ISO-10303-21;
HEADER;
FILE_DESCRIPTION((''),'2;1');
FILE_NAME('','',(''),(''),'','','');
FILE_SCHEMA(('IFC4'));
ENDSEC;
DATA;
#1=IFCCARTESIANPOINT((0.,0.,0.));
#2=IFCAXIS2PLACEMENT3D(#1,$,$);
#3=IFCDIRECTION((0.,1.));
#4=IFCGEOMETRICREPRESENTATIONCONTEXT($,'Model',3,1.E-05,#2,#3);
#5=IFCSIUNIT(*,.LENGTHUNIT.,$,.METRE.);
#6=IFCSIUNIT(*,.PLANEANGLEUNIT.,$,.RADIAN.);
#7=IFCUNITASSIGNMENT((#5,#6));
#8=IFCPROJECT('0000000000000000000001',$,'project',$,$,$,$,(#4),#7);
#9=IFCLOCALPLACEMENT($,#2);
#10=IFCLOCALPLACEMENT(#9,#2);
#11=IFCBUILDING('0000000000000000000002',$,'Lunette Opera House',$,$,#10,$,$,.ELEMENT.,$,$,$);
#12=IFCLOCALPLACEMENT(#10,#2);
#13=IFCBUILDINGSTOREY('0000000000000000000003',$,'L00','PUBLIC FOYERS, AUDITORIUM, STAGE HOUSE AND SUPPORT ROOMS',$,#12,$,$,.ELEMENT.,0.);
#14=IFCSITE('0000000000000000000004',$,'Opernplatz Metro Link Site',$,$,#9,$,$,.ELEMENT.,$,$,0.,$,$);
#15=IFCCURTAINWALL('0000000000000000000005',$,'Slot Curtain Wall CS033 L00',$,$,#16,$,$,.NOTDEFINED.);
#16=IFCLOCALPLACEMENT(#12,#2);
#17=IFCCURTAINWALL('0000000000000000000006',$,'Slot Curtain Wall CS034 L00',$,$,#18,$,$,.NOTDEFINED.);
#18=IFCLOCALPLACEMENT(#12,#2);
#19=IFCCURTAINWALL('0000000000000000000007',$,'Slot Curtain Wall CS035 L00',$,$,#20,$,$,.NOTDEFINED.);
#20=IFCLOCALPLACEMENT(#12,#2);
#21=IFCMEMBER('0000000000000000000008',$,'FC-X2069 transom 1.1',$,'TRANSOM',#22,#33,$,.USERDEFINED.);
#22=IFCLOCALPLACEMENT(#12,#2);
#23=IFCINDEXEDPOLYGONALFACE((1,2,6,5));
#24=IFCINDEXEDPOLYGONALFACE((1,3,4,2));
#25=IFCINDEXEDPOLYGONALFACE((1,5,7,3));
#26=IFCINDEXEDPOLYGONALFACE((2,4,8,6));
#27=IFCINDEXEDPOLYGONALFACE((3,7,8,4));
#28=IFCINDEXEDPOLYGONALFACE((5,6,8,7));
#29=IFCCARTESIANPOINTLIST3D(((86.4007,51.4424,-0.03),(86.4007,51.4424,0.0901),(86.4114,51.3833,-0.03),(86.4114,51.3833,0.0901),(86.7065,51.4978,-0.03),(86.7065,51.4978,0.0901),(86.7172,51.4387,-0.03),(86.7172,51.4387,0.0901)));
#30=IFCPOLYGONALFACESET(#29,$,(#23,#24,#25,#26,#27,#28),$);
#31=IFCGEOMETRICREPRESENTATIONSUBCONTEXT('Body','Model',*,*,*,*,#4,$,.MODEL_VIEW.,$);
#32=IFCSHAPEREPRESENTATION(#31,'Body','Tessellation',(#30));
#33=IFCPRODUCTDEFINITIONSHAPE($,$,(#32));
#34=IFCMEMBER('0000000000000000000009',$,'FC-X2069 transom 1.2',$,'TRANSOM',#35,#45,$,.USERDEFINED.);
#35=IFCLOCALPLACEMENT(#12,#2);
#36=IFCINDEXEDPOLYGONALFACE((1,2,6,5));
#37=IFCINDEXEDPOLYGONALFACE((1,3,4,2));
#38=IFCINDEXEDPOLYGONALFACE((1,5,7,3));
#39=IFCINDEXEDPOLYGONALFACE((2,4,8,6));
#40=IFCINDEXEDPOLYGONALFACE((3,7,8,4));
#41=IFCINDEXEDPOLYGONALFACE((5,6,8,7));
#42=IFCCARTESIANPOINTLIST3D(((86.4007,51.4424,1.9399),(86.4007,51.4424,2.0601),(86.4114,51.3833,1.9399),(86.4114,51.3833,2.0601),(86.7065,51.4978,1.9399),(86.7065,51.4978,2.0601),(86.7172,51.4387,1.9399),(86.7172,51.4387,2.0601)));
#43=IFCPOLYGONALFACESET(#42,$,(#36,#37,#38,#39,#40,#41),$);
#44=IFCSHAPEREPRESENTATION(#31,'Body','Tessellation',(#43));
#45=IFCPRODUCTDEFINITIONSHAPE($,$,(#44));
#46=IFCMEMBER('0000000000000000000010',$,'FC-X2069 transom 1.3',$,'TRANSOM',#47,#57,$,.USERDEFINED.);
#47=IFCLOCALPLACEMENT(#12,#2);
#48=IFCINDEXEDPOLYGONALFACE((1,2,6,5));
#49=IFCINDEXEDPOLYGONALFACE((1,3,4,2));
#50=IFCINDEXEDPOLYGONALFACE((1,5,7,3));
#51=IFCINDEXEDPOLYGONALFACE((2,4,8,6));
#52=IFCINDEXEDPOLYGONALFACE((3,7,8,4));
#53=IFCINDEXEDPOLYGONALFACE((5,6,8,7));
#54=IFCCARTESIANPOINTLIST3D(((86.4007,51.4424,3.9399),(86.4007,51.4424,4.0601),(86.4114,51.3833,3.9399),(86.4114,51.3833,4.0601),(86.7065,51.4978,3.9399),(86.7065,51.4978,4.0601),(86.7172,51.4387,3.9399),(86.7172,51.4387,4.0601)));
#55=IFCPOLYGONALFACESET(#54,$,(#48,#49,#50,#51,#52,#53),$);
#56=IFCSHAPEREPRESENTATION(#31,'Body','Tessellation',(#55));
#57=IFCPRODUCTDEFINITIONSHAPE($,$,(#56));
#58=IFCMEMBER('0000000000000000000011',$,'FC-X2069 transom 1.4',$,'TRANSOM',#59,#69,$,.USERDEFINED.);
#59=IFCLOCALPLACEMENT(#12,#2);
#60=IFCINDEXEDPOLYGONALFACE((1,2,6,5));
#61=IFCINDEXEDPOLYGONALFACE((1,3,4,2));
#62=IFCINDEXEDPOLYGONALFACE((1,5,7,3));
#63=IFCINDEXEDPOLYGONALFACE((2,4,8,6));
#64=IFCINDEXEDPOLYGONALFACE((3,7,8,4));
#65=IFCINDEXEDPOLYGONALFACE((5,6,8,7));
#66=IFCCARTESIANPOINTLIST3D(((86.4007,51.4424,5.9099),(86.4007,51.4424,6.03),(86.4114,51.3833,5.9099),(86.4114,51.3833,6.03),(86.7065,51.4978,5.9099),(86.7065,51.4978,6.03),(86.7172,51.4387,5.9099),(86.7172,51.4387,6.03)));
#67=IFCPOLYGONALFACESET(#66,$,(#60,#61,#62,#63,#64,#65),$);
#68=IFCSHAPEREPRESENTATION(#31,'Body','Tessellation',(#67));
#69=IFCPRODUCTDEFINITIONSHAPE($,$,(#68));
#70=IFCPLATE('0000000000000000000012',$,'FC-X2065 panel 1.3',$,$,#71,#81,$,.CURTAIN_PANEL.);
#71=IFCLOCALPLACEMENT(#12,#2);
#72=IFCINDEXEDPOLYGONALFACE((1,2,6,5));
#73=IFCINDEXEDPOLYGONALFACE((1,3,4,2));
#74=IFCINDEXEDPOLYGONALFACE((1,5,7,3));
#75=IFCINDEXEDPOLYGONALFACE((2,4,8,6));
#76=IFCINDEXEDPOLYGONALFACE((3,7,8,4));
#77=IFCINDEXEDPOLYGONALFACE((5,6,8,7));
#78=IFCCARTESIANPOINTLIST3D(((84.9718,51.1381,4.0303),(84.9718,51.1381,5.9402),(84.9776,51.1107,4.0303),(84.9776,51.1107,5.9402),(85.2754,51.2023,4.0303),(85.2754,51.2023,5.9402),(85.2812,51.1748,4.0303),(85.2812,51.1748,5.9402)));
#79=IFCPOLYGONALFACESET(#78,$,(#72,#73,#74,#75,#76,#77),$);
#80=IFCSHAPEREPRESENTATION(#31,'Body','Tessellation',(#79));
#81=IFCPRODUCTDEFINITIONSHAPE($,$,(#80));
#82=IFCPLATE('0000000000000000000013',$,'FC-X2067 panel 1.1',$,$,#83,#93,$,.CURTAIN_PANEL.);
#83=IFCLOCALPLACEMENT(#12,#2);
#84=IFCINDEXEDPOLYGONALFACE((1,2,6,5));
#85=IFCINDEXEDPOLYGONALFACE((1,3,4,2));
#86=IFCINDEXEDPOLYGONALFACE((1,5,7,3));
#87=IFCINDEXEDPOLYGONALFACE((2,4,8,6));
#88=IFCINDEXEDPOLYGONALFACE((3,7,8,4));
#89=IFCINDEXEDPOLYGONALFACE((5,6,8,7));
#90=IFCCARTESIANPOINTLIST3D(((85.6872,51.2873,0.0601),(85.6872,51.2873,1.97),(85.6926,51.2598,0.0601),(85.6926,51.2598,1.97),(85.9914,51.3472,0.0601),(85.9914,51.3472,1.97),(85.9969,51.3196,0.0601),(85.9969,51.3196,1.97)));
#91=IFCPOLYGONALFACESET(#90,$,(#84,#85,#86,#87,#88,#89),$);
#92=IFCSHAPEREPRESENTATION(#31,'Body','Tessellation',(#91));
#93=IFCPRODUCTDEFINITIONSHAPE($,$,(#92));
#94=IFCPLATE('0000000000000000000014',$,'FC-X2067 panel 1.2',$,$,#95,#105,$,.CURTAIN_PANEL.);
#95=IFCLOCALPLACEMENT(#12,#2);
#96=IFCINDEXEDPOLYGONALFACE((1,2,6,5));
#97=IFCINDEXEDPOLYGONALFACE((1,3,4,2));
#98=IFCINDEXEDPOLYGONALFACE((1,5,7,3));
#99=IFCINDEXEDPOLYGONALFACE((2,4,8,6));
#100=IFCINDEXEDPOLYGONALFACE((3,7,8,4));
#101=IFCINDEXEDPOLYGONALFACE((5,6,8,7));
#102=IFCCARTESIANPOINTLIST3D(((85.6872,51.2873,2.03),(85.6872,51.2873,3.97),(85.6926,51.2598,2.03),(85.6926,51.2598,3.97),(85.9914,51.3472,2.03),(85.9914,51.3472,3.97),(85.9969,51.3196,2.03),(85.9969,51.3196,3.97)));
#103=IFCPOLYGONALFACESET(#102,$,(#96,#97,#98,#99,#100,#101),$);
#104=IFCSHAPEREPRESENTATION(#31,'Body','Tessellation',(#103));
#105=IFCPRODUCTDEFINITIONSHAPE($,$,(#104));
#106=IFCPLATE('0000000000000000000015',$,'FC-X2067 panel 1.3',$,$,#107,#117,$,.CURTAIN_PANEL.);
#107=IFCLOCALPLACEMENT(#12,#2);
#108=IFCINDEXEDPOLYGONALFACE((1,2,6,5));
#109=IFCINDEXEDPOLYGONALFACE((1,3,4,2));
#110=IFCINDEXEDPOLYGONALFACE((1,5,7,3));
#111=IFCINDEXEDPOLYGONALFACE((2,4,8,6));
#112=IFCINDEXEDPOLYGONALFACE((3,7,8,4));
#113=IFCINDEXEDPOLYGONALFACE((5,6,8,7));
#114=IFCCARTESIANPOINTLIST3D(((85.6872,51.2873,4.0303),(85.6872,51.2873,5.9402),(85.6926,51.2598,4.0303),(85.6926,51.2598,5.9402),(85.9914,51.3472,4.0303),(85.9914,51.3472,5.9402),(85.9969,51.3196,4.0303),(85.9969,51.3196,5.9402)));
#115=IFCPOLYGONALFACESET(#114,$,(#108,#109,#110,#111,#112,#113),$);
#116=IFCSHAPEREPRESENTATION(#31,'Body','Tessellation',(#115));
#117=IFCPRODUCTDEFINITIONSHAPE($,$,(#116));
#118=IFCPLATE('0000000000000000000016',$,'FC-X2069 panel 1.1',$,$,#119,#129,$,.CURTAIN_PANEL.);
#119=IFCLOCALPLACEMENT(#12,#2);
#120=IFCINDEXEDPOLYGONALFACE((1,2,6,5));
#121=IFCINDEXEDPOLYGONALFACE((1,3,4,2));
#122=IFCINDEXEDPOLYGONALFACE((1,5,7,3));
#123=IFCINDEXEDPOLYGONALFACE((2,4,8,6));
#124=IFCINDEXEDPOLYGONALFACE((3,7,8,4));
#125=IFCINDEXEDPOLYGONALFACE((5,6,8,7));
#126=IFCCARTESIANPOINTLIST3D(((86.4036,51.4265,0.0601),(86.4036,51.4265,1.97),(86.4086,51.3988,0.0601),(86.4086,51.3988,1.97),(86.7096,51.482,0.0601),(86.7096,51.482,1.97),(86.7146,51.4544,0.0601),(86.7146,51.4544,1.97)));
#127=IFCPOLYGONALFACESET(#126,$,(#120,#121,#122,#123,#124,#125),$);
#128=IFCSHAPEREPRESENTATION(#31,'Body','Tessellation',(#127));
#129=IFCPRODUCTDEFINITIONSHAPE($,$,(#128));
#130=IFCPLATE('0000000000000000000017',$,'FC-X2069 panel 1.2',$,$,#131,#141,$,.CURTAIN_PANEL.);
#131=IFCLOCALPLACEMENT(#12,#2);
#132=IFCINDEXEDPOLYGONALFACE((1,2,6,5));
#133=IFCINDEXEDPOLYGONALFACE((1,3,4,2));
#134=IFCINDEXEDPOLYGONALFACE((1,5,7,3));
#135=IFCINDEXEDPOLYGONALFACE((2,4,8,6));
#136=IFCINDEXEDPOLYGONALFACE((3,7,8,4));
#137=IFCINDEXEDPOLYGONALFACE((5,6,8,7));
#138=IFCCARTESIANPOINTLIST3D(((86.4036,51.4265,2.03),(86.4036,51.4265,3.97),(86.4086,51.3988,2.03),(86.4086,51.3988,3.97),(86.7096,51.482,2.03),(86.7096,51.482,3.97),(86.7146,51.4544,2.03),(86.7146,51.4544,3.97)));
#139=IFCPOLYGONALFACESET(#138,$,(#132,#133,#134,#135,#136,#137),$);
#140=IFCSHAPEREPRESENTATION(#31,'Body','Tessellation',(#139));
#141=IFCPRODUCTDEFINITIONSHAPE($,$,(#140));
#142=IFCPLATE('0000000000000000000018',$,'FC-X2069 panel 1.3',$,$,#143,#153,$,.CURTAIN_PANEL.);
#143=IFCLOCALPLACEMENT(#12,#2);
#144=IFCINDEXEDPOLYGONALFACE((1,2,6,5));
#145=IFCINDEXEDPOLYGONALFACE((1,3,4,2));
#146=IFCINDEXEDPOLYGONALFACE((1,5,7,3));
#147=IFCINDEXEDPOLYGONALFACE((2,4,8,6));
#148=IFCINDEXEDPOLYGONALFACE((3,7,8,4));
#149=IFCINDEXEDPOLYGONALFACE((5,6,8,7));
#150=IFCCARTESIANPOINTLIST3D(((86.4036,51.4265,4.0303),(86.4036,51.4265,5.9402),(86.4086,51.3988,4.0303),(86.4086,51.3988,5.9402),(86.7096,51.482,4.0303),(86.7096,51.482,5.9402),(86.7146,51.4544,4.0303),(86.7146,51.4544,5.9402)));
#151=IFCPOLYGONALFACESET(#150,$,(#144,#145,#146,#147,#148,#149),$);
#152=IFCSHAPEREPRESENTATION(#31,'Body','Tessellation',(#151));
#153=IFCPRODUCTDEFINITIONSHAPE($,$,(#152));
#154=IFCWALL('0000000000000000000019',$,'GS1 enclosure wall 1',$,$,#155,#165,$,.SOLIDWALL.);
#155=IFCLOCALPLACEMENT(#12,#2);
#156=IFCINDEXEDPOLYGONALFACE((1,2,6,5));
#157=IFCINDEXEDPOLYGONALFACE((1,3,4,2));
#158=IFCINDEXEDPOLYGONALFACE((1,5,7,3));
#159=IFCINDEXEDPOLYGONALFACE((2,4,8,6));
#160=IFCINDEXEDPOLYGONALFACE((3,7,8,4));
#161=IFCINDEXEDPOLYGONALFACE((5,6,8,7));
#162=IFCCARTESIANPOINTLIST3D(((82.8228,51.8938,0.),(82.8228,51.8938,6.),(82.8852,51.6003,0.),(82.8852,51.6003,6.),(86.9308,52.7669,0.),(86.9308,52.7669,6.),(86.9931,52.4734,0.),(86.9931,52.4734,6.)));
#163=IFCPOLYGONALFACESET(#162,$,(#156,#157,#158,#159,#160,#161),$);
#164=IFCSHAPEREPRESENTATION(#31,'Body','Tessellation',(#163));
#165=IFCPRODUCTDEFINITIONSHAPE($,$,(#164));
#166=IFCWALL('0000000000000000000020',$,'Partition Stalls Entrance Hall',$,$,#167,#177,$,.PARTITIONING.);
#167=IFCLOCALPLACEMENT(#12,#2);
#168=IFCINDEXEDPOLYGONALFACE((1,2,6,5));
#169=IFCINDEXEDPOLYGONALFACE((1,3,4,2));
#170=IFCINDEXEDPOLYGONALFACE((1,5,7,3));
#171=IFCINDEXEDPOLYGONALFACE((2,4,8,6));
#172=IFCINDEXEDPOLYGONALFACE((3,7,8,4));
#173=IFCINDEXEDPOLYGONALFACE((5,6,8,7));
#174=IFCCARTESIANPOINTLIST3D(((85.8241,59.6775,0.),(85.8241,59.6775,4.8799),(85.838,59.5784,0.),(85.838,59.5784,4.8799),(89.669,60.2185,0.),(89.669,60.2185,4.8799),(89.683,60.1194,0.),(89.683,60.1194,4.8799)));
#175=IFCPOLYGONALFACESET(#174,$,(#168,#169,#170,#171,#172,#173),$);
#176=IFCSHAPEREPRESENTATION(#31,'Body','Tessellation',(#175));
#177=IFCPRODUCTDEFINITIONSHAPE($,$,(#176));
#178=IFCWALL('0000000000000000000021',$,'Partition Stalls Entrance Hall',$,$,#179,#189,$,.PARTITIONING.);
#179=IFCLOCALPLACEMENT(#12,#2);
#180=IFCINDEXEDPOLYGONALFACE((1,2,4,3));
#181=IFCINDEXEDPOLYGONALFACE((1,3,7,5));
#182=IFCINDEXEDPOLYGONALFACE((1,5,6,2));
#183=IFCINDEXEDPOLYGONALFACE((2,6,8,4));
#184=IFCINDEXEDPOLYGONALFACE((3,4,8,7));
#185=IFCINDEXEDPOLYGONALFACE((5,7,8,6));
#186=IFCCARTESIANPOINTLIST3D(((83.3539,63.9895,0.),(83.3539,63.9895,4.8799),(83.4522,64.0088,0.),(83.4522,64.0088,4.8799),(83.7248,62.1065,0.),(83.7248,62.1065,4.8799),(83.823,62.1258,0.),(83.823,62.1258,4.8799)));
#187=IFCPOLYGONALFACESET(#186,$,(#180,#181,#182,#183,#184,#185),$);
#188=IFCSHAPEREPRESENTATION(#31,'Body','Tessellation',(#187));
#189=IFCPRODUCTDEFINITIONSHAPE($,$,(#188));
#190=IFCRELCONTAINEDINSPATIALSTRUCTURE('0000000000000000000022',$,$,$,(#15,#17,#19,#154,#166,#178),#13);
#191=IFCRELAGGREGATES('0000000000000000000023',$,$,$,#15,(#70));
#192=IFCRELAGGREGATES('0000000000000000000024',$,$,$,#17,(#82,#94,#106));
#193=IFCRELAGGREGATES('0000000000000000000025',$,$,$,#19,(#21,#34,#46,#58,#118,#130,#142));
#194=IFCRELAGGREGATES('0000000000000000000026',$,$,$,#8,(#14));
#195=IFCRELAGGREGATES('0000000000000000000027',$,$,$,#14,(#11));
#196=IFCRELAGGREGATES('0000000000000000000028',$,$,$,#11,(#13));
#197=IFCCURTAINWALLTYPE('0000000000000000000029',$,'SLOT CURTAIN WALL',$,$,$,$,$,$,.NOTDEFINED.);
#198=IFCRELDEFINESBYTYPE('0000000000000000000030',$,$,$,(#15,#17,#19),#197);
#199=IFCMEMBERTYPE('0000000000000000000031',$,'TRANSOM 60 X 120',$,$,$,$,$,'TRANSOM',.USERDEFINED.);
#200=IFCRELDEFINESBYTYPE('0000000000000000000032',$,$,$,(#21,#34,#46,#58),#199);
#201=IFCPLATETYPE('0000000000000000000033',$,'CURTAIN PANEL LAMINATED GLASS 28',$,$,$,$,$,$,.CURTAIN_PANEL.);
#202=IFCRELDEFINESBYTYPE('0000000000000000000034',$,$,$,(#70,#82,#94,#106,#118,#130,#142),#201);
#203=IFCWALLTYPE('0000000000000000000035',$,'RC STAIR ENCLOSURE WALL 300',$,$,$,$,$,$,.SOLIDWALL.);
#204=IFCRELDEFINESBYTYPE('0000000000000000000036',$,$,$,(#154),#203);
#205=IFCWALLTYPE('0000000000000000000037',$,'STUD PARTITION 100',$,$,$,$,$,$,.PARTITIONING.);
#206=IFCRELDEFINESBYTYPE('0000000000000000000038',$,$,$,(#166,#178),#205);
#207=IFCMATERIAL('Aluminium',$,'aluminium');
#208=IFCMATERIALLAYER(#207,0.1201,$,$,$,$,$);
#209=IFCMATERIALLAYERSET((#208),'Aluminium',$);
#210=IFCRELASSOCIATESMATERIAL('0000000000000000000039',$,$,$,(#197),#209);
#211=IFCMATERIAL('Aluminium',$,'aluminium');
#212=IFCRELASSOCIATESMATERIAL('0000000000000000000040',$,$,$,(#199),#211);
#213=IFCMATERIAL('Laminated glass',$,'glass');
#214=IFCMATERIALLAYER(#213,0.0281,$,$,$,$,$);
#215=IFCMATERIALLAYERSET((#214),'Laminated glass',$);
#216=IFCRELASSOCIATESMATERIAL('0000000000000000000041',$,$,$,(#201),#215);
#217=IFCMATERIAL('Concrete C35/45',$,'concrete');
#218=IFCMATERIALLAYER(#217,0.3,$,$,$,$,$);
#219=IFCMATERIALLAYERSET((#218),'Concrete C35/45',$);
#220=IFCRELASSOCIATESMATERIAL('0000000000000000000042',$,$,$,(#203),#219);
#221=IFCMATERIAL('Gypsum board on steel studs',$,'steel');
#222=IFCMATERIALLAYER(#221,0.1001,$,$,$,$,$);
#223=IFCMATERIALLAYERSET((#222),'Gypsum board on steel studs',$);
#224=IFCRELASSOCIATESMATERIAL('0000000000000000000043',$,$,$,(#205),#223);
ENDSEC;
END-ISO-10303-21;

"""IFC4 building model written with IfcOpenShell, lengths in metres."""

from ifc_helpers import new_model, si_unit, direction, frame, frame_2d, origin, origin_2d, place, context, subcontext, project, spatial, rectangle, extrude, material, layer, layer_set, material_profile, profile_set, type_object, element, aggregate, save


model = new_model("IFC4")

# Units and contexts
model_context = context("Model", 3, precision=1e-05, world=origin(), true_north=direction((0.0, 1.0)))
body_context = subcontext(model_context, "Body", "Model", "MODEL_VIEW")
ifc_project = project(units=[si_unit("LENGTHUNIT", "METRE"), si_unit("PLANEANGLEUNIT", "RADIAN")], contexts=[model_context])

# Site, building, storey
site_placement = place(None, origin())
site = spatial("IfcSite", under=ifc_project, at=site_placement, Name="Opernplatz Metro Link Site", CompositionType="ELEMENT", RefElevation=0.0)
building_placement = place(site_placement, origin())
building = spatial("IfcBuilding", under=site, at=building_placement, Name="Lunette Opera House", CompositionType="ELEMENT")
storey_placement = place(building_placement, origin())
storey = spatial("IfcBuildingStorey", under=building, at=storey_placement, Name="L00", Description="PUBLIC FOYERS, AUDITORIUM, STAGE HOUSE AND SUPPORT ROOMS", CompositionType="ELEMENT", Elevation=0.0)

# Curtain wall
ifc_material_1 = material(Name="Aluminium", Category="aluminium")
ifc_layer_1 = layer(ifc_material_1, 0.1201)
ifc_layer_set_1 = layer_set([ifc_layer_1], Name="Aluminium")
curtain_wall_type = type_object("IfcCurtainWallType", Name="SLOT CURTAIN WALL", PredefinedType="NOTDEFINED", material=ifc_layer_set_1)
curtain_wall_1_placement = place(storey_placement, origin())
curtain_wall_1 = element("IfcCurtainWall", 1, at=curtain_wall_1_placement, inside=storey, type_object=curtain_wall_type, Name="Slot Curtain Wall CS033 L00", PredefinedType="NOTDEFINED")

# Curtain walls
curtain_wall_2_placement = place(storey_placement, origin())
curtain_wall_2 = element("IfcCurtainWall", 2, at=curtain_wall_2_placement, inside=storey, type_object=curtain_wall_type, Name="Slot Curtain Wall CS034 L00", PredefinedType="NOTDEFINED")
curtain_wall_3_placement = place(storey_placement, origin())
curtain_wall_3 = element("IfcCurtainWall", 3, at=curtain_wall_3_placement, inside=storey, type_object=curtain_wall_type, Name="Slot Curtain Wall CS035 L00", PredefinedType="NOTDEFINED")

# Members
ifc_material_2 = material(Name="Aluminium", Category="aluminium")
ifc_material_profile_1 = material_profile(ifc_material_2, rectangle(XDim=0.0601, YDim=0.1201, at=origin_2d()), Name="TRANSOM 60 X 120")
ifc_profile_set_1 = profile_set([ifc_material_profile_1], Name="Aluminium")
member_type_1 = type_object("IfcMemberType", Name="TRANSOM 60 X 120", ElementType="TRANSOM", PredefinedType="USERDEFINED", material=ifc_profile_set_1)
member_1_placement = place(storey_placement, frame((86.406, 51.4128, 0.03), z_axis=(0.983983, 0.178263, 0.0), x_axis=(-0.178263, 0.983983, 0.0)))
member_1 = element("IfcMember", 4, at=member_1_placement, type_object=member_type_1, Name="FC-X2069 transom 1.1", ObjectType="TRANSOM", PredefinedType="USERDEFINED", context=body_context, shape_type="SweptSolid", body=[
    extrude(rectangle(XDim=0.0601, YDim=0.1201, at=origin_2d()), origin(), (0.0, 0.0, 1.0), 0.3108),
])
member_2_placement = place(storey_placement, frame((86.406, 51.4128, 2.0), z_axis=(0.983983, 0.178263, 0.0), x_axis=(-0.178263, 0.983983, 0.0)))
member_2 = element("IfcMember", 5, at=member_2_placement, type_object=member_type_1, Name="FC-X2069 transom 1.2", ObjectType="TRANSOM", PredefinedType="USERDEFINED", context=body_context, shape_type="SweptSolid", body=[
    extrude(rectangle(XDim=0.0601, YDim=0.1201, at=origin_2d()), origin(), (0.0, 0.0, 1.0), 0.3108),
])
member_3_placement = place(storey_placement, frame((86.406, 51.4128, 4.0), z_axis=(0.983983, 0.178263, 0.0), x_axis=(-0.178263, 0.983983, 0.0)))
member_3 = element("IfcMember", 6, at=member_3_placement, type_object=member_type_1, Name="FC-X2069 transom 1.3", ObjectType="TRANSOM", PredefinedType="USERDEFINED", context=body_context, shape_type="SweptSolid", body=[
    extrude(rectangle(XDim=0.0601, YDim=0.1201, at=origin_2d()), origin(), (0.0, 0.0, 1.0), 0.3108),
])
member_4_placement = place(storey_placement, frame((86.406, 51.4128, 5.97), z_axis=(0.983983, 0.178263, 0.0), x_axis=(-0.178263, 0.983983, 0.0)))
member_4 = element("IfcMember", 7, at=member_4_placement, type_object=member_type_1, Name="FC-X2069 transom 1.4", ObjectType="TRANSOM", PredefinedType="USERDEFINED", context=body_context, shape_type="SweptSolid", body=[
    extrude(rectangle(XDim=0.0601, YDim=0.1201, at=origin_2d()), origin(), (0.0, 0.0, 1.0), 0.3108),
])

# Plates
ifc_material_3 = material(Name="Laminated glass", Category="glass")
ifc_layer_2 = layer(ifc_material_3, 0.0281)
ifc_layer_set_2 = layer_set([ifc_layer_2], Name="Laminated glass")
plate_type = type_object("IfcPlateType", Name="CURTAIN PANEL LAMINATED GLASS 28", PredefinedType="CURTAIN_PANEL", material=ifc_layer_set_2)
plate_1_placement = place(storey_placement, frame((85.1265, 51.1565, 4.0303), z_axis=(0.0, 0.0, 1.0), x_axis=(0.978377, 0.20683, 0.0)))
plate_1 = element("IfcPlate", 8, at=plate_1_placement, type_object=plate_type, Name="FC-X2065 panel 1.3", PredefinedType="CURTAIN_PANEL", context=body_context, shape_type="SweptSolid", body=[
    extrude(rectangle(XDim=0.3103, YDim=0.0281, at=origin_2d()), origin(), (0.0, 0.0, 1.0), 1.9099),
])
aggregate(curtain_wall_1, [plate_1])
plate_2_placement = place(storey_placement, frame((85.842, 51.3035, 0.0601), z_axis=(0.0, 0.0, 1.0), x_axis=(0.981202, 0.192985, 0.0)))
plate_2 = element("IfcPlate", 9, at=plate_2_placement, type_object=plate_type, Name="FC-X2067 panel 1.1", PredefinedType="CURTAIN_PANEL", context=body_context, shape_type="SweptSolid", body=[
    extrude(rectangle(XDim=0.3101, YDim=0.0281, at=origin_2d()), origin(), (0.0, 0.0, 1.0), 1.9099),
])
plate_3_placement = place(storey_placement, frame((85.842, 51.3035, 2.03), z_axis=(0.0, 0.0, 1.0), x_axis=(0.981202, 0.192985, 0.0)))
plate_3 = element("IfcPlate", 10, at=plate_3_placement, type_object=plate_type, Name="FC-X2067 panel 1.2", PredefinedType="CURTAIN_PANEL", context=body_context, shape_type="SweptSolid", body=[
    extrude(rectangle(XDim=0.3101, YDim=0.0281, at=origin_2d()), origin(), (0.0, 0.0, 1.0), 1.9399),
])
plate_4_placement = place(storey_placement, frame((85.842, 51.3035, 4.0303), z_axis=(0.0, 0.0, 1.0), x_axis=(0.981202, 0.192985, 0.0)))
plate_4 = element("IfcPlate", 11, at=plate_4_placement, type_object=plate_type, Name="FC-X2067 panel 1.3", PredefinedType="CURTAIN_PANEL", context=body_context, shape_type="SweptSolid", body=[
    extrude(rectangle(XDim=0.3101, YDim=0.0281, at=origin_2d()), origin(), (0.0, 0.0, 1.0), 1.9099),
])
aggregate(curtain_wall_2, [plate_2, plate_3, plate_4])
plate_5_placement = place(storey_placement, frame((86.5591, 51.4404, 0.0601), z_axis=(0.0, 0.0, 1.0), x_axis=(0.983907, 0.178681, 0.0)))
plate_5 = element("IfcPlate", 12, at=plate_5_placement, type_object=plate_type, Name="FC-X2069 panel 1.1", PredefinedType="CURTAIN_PANEL", context=body_context, shape_type="SweptSolid", body=[
    extrude(rectangle(XDim=0.311, YDim=0.0281, at=origin_2d()), origin(), (0.0, 0.0, 1.0), 1.9099),
])
plate_6_placement = place(storey_placement, frame((86.5591, 51.4404, 2.03), z_axis=(0.0, 0.0, 1.0), x_axis=(0.983907, 0.178681, 0.0)))
plate_6 = element("IfcPlate", 13, at=plate_6_placement, type_object=plate_type, Name="FC-X2069 panel 1.2", PredefinedType="CURTAIN_PANEL", context=body_context, shape_type="SweptSolid", body=[
    extrude(rectangle(XDim=0.311, YDim=0.0281, at=origin_2d()), origin(), (0.0, 0.0, 1.0), 1.9399),
])
plate_7_placement = place(storey_placement, frame((86.5591, 51.4404, 4.0303), z_axis=(0.0, 0.0, 1.0), x_axis=(0.983907, 0.178681, 0.0)))
plate_7 = element("IfcPlate", 14, at=plate_7_placement, type_object=plate_type, Name="FC-X2069 panel 1.3", PredefinedType="CURTAIN_PANEL", context=body_context, shape_type="SweptSolid", body=[
    extrude(rectangle(XDim=0.311, YDim=0.0281, at=origin_2d()), origin(), (0.0, 0.0, 1.0), 1.9099),
])
aggregate(curtain_wall_3, [member_1, member_2, member_3, member_4, plate_5, plate_6, plate_7])

# Wall
ifc_material_4 = material(Name="Concrete C35/45", Category="concrete")
ifc_layer_3 = layer(ifc_material_4, 0.3)
ifc_layer_set_3 = layer_set([ifc_layer_3], Name="Concrete C35/45")
wall_type_1 = type_object("IfcWallType", Name="RC STAIR ENCLOSURE WALL 300", PredefinedType="SOLIDWALL", material=ifc_layer_set_3)
wall_1_placement = place(storey_placement, frame((82.854, 51.7471, 0.0), z_axis=(0.0, 0.0, 1.0), x_axis=(0.978153, 0.207885, 0.0)))
element("IfcWall", 15, at=wall_1_placement, inside=storey, type_object=wall_type_1, Name="GS1 enclosure wall 1", PredefinedType="SOLIDWALL", context=body_context, shape_type="SweptSolid", body=[
    extrude(rectangle(XDim=4.1997, YDim=0.3, at=frame_2d((2.0999, 0.0))), origin(), (0.0, 0.0, 1.0), 6.0),
])

# Walls
ifc_material_5 = material(Name="Gypsum board on steel studs", Category="steel")
ifc_layer_4 = layer(ifc_material_5, 0.1001)
ifc_layer_set_4 = layer_set([ifc_layer_4], Name="Gypsum board on steel studs")
wall_type_2 = type_object("IfcWallType", Name="STUD PARTITION 100", PredefinedType="PARTITIONING", material=ifc_layer_set_4)
wall_2_placement = place(storey_placement, frame((85.8311, 59.6279, 0.0), z_axis=(0.0, 0.0, 1.0), x_axis=(0.990245, 0.139335, 0.0)))
element("IfcWall", 16, at=wall_2_placement, inside=storey, type_object=wall_type_2, Name="Partition Stalls Entrance Hall", PredefinedType="PARTITIONING", context=body_context, shape_type="SweptSolid", body=[
    extrude(rectangle(XDim=3.8828, YDim=0.1001, at=frame_2d((1.9414, 0.0))), origin(), (0.0, 0.0, 1.0), 4.8799),
])
wall_3_placement = place(storey_placement, frame((83.4031, 63.999, 0.0), z_axis=(0.0, 0.0, 1.0), x_axis=(0.193229, -0.981154, 0.0)))
element("IfcWall", 17, at=wall_3_placement, inside=storey, type_object=wall_type_2, Name="Partition Stalls Entrance Hall", PredefinedType="PARTITIONING", context=body_context, shape_type="SweptSolid", body=[
    extrude(rectangle(XDim=1.9192, YDim=0.1001, at=frame_2d((0.9595, 0.0))), origin(), (0.0, 0.0, 1.0), 4.8799),
])

save(model, "model.ifc")
